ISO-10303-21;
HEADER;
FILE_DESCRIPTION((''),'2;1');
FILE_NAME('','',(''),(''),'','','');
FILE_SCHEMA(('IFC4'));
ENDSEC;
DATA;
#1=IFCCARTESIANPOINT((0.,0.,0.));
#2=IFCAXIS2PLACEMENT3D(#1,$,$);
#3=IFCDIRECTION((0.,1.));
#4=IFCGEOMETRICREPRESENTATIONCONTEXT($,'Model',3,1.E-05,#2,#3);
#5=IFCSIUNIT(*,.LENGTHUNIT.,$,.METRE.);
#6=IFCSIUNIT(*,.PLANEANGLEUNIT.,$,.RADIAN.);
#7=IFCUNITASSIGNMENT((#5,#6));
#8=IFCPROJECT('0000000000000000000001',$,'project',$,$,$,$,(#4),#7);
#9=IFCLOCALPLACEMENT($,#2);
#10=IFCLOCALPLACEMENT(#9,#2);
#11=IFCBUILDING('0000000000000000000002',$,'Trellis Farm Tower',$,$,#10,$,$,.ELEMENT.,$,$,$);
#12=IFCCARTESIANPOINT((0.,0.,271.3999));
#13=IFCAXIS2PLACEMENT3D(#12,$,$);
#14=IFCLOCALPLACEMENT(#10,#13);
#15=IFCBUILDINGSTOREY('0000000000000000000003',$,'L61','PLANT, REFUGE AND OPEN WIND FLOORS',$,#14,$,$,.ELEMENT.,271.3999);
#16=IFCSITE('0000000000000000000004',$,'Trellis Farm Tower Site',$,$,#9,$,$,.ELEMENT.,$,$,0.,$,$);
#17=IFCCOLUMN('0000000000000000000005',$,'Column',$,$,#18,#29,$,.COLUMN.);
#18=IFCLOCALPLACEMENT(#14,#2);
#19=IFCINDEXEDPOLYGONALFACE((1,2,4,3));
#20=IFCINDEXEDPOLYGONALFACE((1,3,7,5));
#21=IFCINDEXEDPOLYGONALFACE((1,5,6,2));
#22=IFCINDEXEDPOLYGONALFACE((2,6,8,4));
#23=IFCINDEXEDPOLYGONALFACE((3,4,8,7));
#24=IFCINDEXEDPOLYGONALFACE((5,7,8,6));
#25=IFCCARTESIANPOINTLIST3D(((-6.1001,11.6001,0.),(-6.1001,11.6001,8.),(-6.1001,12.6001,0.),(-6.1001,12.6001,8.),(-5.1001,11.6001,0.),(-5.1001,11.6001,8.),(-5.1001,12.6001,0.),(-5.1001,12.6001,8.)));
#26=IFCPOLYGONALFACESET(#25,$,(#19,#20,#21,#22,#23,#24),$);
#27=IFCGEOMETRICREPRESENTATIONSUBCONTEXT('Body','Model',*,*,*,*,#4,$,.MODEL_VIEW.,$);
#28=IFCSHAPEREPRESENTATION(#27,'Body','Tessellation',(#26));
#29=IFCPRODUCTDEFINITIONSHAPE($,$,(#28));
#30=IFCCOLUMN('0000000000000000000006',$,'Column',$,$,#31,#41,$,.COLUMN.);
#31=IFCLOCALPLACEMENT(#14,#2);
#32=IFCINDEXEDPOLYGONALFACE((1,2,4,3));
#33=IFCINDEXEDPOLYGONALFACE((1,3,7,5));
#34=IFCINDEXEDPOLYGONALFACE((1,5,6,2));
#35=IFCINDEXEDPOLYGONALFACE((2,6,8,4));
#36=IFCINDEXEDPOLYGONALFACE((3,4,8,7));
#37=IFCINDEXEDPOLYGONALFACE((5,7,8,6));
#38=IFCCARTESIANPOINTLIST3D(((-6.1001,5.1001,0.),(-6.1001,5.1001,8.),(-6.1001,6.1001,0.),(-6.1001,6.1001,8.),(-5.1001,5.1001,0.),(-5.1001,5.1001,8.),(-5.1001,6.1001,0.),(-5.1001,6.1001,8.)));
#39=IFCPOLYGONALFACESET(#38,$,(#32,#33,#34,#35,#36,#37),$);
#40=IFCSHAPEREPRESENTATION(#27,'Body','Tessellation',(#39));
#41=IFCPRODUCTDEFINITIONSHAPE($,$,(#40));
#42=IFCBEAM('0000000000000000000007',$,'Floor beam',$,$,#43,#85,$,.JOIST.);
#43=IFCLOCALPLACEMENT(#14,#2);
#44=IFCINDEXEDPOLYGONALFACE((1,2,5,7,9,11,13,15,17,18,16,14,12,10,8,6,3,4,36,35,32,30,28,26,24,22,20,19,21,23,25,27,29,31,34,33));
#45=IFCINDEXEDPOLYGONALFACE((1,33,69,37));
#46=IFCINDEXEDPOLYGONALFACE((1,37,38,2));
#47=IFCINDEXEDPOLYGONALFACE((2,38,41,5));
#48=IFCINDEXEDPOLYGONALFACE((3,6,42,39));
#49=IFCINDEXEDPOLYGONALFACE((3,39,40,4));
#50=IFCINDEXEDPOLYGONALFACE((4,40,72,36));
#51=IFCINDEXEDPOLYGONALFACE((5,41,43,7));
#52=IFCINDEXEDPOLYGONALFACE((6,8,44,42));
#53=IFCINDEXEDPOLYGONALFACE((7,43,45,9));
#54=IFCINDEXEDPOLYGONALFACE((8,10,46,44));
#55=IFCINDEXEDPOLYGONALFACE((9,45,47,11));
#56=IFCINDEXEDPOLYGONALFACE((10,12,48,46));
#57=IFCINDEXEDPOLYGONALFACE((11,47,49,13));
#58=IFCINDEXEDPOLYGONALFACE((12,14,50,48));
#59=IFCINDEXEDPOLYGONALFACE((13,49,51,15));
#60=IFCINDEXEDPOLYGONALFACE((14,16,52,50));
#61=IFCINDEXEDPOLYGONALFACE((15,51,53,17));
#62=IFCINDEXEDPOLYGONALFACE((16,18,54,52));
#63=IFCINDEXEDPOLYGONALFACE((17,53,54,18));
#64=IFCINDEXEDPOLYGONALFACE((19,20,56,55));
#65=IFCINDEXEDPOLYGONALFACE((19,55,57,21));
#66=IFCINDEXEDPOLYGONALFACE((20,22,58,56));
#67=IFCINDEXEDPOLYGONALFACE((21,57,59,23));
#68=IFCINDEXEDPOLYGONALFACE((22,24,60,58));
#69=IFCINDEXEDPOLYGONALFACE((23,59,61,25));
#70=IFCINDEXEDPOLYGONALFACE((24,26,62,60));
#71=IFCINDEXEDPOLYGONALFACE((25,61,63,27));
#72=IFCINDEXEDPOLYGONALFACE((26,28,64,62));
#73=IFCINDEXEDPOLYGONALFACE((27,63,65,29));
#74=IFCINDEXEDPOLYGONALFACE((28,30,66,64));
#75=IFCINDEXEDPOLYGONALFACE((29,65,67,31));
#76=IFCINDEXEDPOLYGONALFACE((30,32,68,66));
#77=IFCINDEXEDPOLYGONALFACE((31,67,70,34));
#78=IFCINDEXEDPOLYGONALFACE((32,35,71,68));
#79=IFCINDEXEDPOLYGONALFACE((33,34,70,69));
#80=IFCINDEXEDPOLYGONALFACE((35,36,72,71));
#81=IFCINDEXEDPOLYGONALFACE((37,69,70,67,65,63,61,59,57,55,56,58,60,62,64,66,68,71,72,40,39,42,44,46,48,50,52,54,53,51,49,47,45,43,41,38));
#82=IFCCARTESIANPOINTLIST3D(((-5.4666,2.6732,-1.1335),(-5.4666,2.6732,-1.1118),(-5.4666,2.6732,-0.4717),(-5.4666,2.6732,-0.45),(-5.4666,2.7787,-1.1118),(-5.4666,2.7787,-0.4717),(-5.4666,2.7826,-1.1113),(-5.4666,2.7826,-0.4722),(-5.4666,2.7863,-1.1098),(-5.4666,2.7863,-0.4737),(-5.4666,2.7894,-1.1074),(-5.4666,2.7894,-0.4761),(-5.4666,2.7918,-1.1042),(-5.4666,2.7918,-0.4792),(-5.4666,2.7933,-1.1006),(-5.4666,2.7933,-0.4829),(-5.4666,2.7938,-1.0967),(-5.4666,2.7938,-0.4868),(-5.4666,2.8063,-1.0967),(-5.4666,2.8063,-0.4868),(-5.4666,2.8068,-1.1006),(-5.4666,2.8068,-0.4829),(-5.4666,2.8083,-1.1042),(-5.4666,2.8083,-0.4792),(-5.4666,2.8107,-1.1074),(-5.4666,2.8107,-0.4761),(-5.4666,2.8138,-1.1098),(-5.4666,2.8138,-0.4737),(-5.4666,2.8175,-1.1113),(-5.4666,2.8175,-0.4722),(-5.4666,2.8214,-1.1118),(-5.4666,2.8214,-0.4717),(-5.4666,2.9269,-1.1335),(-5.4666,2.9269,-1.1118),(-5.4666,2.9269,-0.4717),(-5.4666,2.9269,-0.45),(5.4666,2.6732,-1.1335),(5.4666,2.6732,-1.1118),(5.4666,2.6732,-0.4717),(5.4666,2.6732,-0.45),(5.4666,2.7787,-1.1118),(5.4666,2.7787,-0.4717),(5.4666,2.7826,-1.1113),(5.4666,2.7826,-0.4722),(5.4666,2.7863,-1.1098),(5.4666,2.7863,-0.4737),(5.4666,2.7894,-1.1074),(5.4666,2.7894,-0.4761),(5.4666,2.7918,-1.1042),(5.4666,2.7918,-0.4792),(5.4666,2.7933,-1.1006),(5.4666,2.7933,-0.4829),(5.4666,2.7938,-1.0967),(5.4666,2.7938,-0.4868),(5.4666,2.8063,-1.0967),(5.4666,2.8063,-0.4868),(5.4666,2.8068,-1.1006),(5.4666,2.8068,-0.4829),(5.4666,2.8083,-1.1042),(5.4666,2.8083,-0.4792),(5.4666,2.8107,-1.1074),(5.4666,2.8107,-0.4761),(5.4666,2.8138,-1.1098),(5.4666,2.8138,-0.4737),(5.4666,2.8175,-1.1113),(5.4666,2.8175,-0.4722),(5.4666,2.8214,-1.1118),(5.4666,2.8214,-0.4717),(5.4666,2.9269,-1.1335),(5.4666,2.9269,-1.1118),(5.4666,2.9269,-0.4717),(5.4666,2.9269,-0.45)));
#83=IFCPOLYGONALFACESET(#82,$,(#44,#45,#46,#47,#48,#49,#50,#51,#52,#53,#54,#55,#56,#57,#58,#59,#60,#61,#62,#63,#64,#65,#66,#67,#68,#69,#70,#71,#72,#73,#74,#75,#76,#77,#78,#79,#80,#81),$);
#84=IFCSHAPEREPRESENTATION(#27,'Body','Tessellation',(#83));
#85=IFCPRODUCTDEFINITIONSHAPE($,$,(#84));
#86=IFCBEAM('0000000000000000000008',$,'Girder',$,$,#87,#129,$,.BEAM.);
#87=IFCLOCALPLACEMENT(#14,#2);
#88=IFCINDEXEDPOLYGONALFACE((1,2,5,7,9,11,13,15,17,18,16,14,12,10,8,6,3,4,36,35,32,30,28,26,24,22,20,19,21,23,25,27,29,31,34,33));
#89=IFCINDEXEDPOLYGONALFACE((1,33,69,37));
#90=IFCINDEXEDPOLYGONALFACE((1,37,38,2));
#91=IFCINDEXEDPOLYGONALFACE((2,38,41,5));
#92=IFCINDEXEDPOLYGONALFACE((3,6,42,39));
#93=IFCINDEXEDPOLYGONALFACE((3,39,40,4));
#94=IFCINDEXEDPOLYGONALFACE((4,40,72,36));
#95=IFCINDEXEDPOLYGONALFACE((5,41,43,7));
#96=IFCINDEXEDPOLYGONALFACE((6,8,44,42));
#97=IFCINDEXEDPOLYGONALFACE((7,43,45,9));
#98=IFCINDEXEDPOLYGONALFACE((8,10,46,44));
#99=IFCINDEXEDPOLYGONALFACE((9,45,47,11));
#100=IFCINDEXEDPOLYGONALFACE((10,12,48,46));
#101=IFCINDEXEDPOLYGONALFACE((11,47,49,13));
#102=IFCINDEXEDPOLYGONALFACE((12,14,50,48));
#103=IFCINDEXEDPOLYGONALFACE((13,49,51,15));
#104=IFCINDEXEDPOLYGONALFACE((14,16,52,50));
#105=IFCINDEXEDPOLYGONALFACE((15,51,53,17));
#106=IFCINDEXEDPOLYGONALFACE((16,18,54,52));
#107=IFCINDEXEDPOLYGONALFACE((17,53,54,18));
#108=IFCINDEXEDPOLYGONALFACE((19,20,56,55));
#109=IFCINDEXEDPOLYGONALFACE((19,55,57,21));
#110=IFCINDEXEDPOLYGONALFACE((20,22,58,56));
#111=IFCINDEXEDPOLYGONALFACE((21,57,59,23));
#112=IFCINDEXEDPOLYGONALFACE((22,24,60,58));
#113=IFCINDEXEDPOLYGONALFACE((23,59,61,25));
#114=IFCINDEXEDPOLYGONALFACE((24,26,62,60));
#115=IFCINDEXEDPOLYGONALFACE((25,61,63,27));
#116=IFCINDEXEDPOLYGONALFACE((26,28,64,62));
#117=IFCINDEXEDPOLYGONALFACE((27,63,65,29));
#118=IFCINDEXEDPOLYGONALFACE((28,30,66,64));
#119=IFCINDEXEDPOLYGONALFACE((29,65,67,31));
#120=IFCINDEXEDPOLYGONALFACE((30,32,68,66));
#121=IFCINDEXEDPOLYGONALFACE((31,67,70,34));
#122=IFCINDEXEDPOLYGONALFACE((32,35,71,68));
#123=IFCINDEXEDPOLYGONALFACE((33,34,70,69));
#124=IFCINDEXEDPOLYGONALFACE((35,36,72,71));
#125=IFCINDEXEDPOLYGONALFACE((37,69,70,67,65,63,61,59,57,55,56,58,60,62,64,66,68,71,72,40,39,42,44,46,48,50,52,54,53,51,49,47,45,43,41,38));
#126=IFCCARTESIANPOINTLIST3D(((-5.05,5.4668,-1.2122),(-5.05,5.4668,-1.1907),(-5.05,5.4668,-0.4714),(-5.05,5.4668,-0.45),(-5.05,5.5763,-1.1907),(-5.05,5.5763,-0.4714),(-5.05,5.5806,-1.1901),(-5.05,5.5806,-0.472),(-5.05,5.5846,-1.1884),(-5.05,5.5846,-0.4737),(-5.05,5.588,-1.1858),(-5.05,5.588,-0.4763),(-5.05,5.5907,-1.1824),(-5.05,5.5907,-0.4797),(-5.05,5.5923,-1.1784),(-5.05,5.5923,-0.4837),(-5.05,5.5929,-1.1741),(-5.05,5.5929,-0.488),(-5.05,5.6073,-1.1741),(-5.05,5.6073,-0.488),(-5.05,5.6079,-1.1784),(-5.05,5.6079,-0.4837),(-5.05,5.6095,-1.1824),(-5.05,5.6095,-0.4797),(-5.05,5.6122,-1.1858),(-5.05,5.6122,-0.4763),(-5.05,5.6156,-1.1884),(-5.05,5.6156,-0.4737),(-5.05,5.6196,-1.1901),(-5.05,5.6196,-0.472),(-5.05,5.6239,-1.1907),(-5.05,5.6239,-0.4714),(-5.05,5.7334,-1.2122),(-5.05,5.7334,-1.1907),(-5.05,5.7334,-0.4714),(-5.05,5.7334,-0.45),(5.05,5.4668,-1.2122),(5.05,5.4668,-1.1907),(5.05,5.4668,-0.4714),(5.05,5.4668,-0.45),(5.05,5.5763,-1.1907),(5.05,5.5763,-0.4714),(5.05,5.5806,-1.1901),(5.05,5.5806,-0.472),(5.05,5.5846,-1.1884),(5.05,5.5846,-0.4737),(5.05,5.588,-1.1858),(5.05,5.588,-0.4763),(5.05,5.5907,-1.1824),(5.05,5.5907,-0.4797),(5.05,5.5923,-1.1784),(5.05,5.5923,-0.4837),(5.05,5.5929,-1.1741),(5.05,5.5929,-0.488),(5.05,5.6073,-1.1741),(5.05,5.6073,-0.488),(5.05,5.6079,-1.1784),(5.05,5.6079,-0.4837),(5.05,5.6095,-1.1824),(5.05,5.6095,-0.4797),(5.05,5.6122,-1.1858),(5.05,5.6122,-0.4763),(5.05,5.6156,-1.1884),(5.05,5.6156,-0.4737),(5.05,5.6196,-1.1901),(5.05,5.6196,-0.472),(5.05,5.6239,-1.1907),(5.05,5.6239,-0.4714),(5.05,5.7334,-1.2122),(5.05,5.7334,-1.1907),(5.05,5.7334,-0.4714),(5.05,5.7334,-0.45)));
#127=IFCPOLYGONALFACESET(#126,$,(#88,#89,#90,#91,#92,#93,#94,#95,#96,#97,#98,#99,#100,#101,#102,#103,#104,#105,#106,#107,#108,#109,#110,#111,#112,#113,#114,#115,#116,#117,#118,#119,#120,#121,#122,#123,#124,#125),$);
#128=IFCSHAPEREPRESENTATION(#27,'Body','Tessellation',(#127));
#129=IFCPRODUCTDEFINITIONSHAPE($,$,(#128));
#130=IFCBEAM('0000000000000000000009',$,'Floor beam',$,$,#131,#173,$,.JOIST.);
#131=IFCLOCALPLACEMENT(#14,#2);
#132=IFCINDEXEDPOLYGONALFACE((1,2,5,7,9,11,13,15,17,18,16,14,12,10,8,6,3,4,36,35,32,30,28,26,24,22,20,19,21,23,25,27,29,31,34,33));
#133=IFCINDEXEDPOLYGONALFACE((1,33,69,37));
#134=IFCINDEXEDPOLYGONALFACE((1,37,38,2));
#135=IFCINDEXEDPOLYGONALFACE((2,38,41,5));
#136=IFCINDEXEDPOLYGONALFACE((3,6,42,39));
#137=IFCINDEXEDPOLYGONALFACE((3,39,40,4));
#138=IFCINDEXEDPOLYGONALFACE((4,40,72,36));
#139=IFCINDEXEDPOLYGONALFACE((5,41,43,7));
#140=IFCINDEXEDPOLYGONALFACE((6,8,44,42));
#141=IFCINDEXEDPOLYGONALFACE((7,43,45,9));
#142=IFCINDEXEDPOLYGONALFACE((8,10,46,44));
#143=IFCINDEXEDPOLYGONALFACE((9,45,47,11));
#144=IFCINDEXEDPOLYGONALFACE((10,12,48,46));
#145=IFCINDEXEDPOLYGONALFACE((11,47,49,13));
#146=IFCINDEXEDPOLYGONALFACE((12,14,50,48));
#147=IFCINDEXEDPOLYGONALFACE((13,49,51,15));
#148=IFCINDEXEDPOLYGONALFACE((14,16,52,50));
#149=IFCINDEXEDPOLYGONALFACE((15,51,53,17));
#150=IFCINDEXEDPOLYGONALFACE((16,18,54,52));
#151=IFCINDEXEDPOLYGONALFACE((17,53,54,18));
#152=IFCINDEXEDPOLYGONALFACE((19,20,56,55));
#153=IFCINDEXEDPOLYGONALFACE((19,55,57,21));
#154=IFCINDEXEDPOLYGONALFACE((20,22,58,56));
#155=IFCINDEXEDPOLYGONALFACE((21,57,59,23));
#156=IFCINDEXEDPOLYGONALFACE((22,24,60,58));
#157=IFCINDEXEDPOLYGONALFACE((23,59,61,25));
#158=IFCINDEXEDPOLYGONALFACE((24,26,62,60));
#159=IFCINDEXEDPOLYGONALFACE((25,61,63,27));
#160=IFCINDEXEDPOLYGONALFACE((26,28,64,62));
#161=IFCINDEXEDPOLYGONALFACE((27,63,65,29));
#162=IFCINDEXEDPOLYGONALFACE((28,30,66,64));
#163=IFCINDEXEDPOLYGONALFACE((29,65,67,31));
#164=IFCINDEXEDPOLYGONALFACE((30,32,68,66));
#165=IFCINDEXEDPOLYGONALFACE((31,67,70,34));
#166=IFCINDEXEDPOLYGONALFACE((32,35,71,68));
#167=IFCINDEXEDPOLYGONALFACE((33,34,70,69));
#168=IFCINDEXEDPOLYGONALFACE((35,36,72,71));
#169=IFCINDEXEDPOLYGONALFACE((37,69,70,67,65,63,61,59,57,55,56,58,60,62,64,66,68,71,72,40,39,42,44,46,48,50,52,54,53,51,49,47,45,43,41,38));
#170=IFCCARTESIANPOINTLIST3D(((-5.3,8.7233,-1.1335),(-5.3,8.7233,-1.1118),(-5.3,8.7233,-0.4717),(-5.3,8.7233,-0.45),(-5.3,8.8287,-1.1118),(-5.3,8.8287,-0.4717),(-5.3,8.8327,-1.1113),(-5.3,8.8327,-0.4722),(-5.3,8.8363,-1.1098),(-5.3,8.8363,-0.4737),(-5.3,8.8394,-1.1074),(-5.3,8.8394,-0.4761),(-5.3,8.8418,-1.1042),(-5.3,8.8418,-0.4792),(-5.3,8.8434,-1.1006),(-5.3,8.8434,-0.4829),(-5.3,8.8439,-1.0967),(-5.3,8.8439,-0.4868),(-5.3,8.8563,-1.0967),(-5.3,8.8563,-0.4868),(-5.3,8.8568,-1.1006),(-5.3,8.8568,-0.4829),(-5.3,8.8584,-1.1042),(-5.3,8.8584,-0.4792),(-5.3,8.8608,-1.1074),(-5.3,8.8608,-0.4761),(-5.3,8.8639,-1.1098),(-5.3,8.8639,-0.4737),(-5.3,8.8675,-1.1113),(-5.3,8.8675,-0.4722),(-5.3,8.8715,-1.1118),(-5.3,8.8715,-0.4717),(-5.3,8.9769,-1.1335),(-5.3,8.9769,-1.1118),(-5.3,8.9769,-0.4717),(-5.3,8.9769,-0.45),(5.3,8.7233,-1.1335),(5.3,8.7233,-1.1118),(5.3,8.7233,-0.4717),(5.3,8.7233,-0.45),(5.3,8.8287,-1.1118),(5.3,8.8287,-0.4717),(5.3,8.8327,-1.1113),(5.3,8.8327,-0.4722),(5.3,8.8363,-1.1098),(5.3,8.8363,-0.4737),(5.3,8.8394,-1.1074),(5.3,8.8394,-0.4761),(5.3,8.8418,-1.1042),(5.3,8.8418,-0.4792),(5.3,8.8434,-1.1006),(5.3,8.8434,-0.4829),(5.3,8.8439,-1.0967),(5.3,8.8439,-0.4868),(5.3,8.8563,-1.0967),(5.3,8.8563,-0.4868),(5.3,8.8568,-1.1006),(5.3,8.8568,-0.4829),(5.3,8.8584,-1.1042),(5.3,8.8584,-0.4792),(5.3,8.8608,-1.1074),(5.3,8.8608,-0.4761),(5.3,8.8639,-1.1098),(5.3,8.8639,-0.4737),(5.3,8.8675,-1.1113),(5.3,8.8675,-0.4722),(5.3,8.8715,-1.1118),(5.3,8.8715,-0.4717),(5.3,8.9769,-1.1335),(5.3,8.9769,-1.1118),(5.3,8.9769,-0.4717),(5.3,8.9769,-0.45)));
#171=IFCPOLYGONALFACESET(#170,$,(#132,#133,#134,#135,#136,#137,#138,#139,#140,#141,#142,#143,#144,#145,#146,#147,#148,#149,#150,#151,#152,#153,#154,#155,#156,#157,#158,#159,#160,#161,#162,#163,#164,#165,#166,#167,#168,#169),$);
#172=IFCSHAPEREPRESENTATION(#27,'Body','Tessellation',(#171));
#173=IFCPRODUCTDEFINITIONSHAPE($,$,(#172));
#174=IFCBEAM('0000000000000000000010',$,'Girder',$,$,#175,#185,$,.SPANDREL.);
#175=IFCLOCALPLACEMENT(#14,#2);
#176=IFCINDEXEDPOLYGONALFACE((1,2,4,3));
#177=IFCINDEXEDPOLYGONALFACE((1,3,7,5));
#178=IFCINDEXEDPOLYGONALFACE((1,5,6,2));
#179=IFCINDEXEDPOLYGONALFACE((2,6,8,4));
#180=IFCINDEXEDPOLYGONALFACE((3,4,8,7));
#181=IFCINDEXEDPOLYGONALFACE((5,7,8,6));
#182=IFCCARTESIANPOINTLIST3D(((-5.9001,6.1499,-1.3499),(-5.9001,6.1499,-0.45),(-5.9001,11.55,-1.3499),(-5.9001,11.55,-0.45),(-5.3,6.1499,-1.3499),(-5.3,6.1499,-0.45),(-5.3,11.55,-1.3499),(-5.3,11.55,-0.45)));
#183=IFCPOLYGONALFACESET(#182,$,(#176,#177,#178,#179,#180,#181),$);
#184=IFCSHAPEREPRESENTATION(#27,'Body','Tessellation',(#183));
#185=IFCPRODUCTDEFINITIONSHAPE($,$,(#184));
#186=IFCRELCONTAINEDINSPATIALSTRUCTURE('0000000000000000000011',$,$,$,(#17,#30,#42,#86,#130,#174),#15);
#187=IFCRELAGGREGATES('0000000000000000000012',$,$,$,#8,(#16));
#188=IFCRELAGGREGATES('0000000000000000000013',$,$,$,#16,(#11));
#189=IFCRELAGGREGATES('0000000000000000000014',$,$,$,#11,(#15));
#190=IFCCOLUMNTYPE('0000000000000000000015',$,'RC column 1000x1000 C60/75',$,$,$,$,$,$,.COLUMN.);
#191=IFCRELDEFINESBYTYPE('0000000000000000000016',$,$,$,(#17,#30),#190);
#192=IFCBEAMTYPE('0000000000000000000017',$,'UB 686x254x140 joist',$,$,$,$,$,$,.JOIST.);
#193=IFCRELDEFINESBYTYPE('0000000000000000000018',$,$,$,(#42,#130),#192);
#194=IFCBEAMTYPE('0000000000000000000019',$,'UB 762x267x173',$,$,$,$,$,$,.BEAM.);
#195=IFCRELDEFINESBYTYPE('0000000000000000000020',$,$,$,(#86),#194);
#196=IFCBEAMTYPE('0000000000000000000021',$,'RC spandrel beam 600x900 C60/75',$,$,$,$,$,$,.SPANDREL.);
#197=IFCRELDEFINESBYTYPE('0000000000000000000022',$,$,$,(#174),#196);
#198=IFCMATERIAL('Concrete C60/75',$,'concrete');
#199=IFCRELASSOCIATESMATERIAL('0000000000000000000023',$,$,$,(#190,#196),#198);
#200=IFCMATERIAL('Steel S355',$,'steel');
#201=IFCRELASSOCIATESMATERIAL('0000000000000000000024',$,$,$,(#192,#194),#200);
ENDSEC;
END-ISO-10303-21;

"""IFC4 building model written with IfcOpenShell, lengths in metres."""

from ifc_helpers import new_model, si_unit, direction, frame, origin, origin_2d, place, context, subcontext, project, spatial, rectangle, i_section, extrude, source, transform, mapped, material, material_profile, profile_set, type_object, element, save


model = new_model("IFC4")

# Units and contexts
model_context = context("Model", 3, precision=1e-05, world=origin(), true_north=direction((0.0, 1.0)))
body_context = subcontext(model_context, "Body", "Model", "MODEL_VIEW")
ifc_project = project(units=[si_unit("LENGTHUNIT", "METRE"), si_unit("PLANEANGLEUNIT", "RADIAN")], contexts=[model_context])

# Site, building, storey
site_placement = place(None, origin())
site = spatial("IfcSite", under=ifc_project, at=site_placement, Name="Trellis Farm Tower Site", CompositionType="ELEMENT", RefElevation=0.0)
building_placement = place(site_placement, origin())
building = spatial("IfcBuilding", under=site, at=building_placement, Name="Trellis Farm Tower", CompositionType="ELEMENT")
storey_placement = place(building_placement, frame((0.0, 0.0, 271.3999)))
storey = spatial("IfcBuildingStorey", under=building, at=storey_placement, Name="L61", Description="PLANT, REFUGE AND OPEN WIND FLOORS", CompositionType="ELEMENT", Elevation=271.3999)

# Columns
ifc_material_1 = material(Name="Concrete C60/75", Category="concrete")
ifc_material_profile_1 = material_profile(ifc_material_1, rectangle(XDim=1.0, YDim=1.0, at=origin_2d()), Name="RC column 1000x1000 C60/75")
ifc_profile_set_1 = profile_set([ifc_material_profile_1], Name="Concrete C60/75")
column_type = type_object("IfcColumnType", Name="RC column 1000x1000 C60/75", PredefinedType="COLUMN", material=ifc_profile_set_1)
shared_shape_1 = source(origin(), body_context, "Body", "SweptSolid", [
    extrude(rectangle(XDim=1.0, YDim=1.0, at=origin_2d()), origin(), (0.0, 0.0, 1.0), 8.0),
])
for number, where, z_axis, x_axis, name in (
    (1, (-5.6001, 12.1001, 0.0), (0.0, 0.0, 1.0), (1.0, 0.0, 0.0), "Column"),
    (2, (-5.6001, 5.6001, 0.0), (0.0, 0.0, 1.0), (1.0, 0.0, 0.0), "Column"),
):
    element("IfcColumn", number, at=place(storey_placement, frame(where, z_axis=z_axis, x_axis=x_axis)), inside=storey, type_object=column_type, Name=name, PredefinedType="COLUMN", context=body_context, shape_type="MappedRepresentation", body=[
        mapped(shared_shape_1, transform((0.0, 0.0, 0.0))),
    ])

# Beams
ifc_material_2 = material(Name="Steel S355", Category="steel")
ifc_material_profile_2 = material_profile(ifc_material_2, i_section(OverallWidth=0.2537, OverallDepth=0.6836, WebThickness=0.0125, FlangeThickness=0.0217, FilletRadius=0.0151, at=origin_2d()), Name="UB 686x254x140")
ifc_profile_set_2 = profile_set([ifc_material_profile_2], Name="Steel S355")
beam_type_1 = type_object("IfcBeamType", Name="UB 686x254x140 joist", PredefinedType="JOIST", material=ifc_profile_set_2)
shared_shape_2 = source(origin(), body_context, "Body", "SweptSolid", [
    extrude(i_section(OverallWidth=0.2537, OverallDepth=0.6836, WebThickness=0.0125, FlangeThickness=0.0217, FilletRadius=0.0151, at=origin_2d()), origin(), (0.0, 0.0, 1.0), 10.9331),
])
beam_1_placement = place(storey_placement, frame((-5.4666, 2.8, -0.7917), z_axis=(1.0, 0.0, 0.0), x_axis=(0.0, 1.0, 0.0)))
element("IfcBeam", 3, at=beam_1_placement, inside=storey, type_object=beam_type_1, Name="Floor beam", PredefinedType="JOIST", context=body_context, shape_type="MappedRepresentation", body=[
    mapped(shared_shape_2, transform((0.0, 0.0, 0.0))),
])
ifc_material_profile_3 = material_profile(ifc_material_2, i_section(OverallWidth=0.2666, OverallDepth=0.7622, WebThickness=0.0144, FlangeThickness=0.0215, FilletRadius=0.0166, at=origin_2d()), Name="UB 762x267x173")
ifc_profile_set_3 = profile_set([ifc_material_profile_3], Name="Steel S355")
beam_type_2 = type_object("IfcBeamType", Name="UB 762x267x173", PredefinedType="BEAM", material=ifc_profile_set_3)
shared_shape_3 = source(origin(), body_context, "Body", "SweptSolid", [
    extrude(i_section(OverallWidth=0.2666, OverallDepth=0.7622, WebThickness=0.0144, FlangeThickness=0.0215, FilletRadius=0.0166, at=origin_2d()), origin(), (0.0, 0.0, 1.0), 10.1001),
])
beam_2_placement = place(storey_placement, frame((-5.05, 5.6001, -0.8311), z_axis=(1.0, 0.0, 0.0), x_axis=(0.0, 1.0, 0.0)))
element("IfcBeam", 4, at=beam_2_placement, inside=storey, type_object=beam_type_2, Name="Girder", PredefinedType="BEAM", context=body_context, shape_type="MappedRepresentation", body=[
    mapped(shared_shape_3, transform((0.0, 0.0, 0.0))),
])
shared_shape_4 = source(origin(), body_context, "Body", "SweptSolid", [
    extrude(i_section(OverallWidth=0.2537, OverallDepth=0.6836, WebThickness=0.0125, FlangeThickness=0.0217, FilletRadius=0.0151, at=origin_2d()), origin(), (0.0, 0.0, 1.0), 10.6001),
])
beam_3_placement = place(storey_placement, frame((-5.3, 8.8501, -0.7917), z_axis=(1.0, 0.0, 0.0), x_axis=(0.0, 1.0, 0.0)))
element("IfcBeam", 5, at=beam_3_placement, inside=storey, type_object=beam_type_1, Name="Floor beam", PredefinedType="JOIST", context=body_context, shape_type="MappedRepresentation", body=[
    mapped(shared_shape_4, transform((0.0, 0.0, 0.0))),
])
ifc_material_profile_4 = material_profile(ifc_material_1, rectangle(XDim=0.6001, YDim=0.8999, at=origin_2d()), Name="RC spandrel beam 600x900 C60/75")
ifc_profile_set_4 = profile_set([ifc_material_profile_4], Name="Concrete C60/75")
beam_type_3 = type_object("IfcBeamType", Name="RC spandrel beam 600x900 C60/75", PredefinedType="SPANDREL", material=ifc_profile_set_4)
shared_shape_5 = source(origin(), body_context, "Body", "SweptSolid", [
    extrude(rectangle(XDim=0.6001, YDim=0.8999, at=origin_2d()), origin(), (0.0, 0.0, 1.0), 5.4001),
])
beam_4_placement = place(storey_placement, frame((-5.6001, 6.1499, -0.8999), z_axis=(0.0, 1.0, 0.0), x_axis=(-1.0, 0.0, 0.0)))
element("IfcBeam", 6, at=beam_4_placement, inside=storey, type_object=beam_type_3, Name="Girder", PredefinedType="SPANDREL", context=body_context, shape_type="MappedRepresentation", body=[
    mapped(shared_shape_5, transform((0.0, 0.0, 0.0))),
])

save(model, "model.ifc")
